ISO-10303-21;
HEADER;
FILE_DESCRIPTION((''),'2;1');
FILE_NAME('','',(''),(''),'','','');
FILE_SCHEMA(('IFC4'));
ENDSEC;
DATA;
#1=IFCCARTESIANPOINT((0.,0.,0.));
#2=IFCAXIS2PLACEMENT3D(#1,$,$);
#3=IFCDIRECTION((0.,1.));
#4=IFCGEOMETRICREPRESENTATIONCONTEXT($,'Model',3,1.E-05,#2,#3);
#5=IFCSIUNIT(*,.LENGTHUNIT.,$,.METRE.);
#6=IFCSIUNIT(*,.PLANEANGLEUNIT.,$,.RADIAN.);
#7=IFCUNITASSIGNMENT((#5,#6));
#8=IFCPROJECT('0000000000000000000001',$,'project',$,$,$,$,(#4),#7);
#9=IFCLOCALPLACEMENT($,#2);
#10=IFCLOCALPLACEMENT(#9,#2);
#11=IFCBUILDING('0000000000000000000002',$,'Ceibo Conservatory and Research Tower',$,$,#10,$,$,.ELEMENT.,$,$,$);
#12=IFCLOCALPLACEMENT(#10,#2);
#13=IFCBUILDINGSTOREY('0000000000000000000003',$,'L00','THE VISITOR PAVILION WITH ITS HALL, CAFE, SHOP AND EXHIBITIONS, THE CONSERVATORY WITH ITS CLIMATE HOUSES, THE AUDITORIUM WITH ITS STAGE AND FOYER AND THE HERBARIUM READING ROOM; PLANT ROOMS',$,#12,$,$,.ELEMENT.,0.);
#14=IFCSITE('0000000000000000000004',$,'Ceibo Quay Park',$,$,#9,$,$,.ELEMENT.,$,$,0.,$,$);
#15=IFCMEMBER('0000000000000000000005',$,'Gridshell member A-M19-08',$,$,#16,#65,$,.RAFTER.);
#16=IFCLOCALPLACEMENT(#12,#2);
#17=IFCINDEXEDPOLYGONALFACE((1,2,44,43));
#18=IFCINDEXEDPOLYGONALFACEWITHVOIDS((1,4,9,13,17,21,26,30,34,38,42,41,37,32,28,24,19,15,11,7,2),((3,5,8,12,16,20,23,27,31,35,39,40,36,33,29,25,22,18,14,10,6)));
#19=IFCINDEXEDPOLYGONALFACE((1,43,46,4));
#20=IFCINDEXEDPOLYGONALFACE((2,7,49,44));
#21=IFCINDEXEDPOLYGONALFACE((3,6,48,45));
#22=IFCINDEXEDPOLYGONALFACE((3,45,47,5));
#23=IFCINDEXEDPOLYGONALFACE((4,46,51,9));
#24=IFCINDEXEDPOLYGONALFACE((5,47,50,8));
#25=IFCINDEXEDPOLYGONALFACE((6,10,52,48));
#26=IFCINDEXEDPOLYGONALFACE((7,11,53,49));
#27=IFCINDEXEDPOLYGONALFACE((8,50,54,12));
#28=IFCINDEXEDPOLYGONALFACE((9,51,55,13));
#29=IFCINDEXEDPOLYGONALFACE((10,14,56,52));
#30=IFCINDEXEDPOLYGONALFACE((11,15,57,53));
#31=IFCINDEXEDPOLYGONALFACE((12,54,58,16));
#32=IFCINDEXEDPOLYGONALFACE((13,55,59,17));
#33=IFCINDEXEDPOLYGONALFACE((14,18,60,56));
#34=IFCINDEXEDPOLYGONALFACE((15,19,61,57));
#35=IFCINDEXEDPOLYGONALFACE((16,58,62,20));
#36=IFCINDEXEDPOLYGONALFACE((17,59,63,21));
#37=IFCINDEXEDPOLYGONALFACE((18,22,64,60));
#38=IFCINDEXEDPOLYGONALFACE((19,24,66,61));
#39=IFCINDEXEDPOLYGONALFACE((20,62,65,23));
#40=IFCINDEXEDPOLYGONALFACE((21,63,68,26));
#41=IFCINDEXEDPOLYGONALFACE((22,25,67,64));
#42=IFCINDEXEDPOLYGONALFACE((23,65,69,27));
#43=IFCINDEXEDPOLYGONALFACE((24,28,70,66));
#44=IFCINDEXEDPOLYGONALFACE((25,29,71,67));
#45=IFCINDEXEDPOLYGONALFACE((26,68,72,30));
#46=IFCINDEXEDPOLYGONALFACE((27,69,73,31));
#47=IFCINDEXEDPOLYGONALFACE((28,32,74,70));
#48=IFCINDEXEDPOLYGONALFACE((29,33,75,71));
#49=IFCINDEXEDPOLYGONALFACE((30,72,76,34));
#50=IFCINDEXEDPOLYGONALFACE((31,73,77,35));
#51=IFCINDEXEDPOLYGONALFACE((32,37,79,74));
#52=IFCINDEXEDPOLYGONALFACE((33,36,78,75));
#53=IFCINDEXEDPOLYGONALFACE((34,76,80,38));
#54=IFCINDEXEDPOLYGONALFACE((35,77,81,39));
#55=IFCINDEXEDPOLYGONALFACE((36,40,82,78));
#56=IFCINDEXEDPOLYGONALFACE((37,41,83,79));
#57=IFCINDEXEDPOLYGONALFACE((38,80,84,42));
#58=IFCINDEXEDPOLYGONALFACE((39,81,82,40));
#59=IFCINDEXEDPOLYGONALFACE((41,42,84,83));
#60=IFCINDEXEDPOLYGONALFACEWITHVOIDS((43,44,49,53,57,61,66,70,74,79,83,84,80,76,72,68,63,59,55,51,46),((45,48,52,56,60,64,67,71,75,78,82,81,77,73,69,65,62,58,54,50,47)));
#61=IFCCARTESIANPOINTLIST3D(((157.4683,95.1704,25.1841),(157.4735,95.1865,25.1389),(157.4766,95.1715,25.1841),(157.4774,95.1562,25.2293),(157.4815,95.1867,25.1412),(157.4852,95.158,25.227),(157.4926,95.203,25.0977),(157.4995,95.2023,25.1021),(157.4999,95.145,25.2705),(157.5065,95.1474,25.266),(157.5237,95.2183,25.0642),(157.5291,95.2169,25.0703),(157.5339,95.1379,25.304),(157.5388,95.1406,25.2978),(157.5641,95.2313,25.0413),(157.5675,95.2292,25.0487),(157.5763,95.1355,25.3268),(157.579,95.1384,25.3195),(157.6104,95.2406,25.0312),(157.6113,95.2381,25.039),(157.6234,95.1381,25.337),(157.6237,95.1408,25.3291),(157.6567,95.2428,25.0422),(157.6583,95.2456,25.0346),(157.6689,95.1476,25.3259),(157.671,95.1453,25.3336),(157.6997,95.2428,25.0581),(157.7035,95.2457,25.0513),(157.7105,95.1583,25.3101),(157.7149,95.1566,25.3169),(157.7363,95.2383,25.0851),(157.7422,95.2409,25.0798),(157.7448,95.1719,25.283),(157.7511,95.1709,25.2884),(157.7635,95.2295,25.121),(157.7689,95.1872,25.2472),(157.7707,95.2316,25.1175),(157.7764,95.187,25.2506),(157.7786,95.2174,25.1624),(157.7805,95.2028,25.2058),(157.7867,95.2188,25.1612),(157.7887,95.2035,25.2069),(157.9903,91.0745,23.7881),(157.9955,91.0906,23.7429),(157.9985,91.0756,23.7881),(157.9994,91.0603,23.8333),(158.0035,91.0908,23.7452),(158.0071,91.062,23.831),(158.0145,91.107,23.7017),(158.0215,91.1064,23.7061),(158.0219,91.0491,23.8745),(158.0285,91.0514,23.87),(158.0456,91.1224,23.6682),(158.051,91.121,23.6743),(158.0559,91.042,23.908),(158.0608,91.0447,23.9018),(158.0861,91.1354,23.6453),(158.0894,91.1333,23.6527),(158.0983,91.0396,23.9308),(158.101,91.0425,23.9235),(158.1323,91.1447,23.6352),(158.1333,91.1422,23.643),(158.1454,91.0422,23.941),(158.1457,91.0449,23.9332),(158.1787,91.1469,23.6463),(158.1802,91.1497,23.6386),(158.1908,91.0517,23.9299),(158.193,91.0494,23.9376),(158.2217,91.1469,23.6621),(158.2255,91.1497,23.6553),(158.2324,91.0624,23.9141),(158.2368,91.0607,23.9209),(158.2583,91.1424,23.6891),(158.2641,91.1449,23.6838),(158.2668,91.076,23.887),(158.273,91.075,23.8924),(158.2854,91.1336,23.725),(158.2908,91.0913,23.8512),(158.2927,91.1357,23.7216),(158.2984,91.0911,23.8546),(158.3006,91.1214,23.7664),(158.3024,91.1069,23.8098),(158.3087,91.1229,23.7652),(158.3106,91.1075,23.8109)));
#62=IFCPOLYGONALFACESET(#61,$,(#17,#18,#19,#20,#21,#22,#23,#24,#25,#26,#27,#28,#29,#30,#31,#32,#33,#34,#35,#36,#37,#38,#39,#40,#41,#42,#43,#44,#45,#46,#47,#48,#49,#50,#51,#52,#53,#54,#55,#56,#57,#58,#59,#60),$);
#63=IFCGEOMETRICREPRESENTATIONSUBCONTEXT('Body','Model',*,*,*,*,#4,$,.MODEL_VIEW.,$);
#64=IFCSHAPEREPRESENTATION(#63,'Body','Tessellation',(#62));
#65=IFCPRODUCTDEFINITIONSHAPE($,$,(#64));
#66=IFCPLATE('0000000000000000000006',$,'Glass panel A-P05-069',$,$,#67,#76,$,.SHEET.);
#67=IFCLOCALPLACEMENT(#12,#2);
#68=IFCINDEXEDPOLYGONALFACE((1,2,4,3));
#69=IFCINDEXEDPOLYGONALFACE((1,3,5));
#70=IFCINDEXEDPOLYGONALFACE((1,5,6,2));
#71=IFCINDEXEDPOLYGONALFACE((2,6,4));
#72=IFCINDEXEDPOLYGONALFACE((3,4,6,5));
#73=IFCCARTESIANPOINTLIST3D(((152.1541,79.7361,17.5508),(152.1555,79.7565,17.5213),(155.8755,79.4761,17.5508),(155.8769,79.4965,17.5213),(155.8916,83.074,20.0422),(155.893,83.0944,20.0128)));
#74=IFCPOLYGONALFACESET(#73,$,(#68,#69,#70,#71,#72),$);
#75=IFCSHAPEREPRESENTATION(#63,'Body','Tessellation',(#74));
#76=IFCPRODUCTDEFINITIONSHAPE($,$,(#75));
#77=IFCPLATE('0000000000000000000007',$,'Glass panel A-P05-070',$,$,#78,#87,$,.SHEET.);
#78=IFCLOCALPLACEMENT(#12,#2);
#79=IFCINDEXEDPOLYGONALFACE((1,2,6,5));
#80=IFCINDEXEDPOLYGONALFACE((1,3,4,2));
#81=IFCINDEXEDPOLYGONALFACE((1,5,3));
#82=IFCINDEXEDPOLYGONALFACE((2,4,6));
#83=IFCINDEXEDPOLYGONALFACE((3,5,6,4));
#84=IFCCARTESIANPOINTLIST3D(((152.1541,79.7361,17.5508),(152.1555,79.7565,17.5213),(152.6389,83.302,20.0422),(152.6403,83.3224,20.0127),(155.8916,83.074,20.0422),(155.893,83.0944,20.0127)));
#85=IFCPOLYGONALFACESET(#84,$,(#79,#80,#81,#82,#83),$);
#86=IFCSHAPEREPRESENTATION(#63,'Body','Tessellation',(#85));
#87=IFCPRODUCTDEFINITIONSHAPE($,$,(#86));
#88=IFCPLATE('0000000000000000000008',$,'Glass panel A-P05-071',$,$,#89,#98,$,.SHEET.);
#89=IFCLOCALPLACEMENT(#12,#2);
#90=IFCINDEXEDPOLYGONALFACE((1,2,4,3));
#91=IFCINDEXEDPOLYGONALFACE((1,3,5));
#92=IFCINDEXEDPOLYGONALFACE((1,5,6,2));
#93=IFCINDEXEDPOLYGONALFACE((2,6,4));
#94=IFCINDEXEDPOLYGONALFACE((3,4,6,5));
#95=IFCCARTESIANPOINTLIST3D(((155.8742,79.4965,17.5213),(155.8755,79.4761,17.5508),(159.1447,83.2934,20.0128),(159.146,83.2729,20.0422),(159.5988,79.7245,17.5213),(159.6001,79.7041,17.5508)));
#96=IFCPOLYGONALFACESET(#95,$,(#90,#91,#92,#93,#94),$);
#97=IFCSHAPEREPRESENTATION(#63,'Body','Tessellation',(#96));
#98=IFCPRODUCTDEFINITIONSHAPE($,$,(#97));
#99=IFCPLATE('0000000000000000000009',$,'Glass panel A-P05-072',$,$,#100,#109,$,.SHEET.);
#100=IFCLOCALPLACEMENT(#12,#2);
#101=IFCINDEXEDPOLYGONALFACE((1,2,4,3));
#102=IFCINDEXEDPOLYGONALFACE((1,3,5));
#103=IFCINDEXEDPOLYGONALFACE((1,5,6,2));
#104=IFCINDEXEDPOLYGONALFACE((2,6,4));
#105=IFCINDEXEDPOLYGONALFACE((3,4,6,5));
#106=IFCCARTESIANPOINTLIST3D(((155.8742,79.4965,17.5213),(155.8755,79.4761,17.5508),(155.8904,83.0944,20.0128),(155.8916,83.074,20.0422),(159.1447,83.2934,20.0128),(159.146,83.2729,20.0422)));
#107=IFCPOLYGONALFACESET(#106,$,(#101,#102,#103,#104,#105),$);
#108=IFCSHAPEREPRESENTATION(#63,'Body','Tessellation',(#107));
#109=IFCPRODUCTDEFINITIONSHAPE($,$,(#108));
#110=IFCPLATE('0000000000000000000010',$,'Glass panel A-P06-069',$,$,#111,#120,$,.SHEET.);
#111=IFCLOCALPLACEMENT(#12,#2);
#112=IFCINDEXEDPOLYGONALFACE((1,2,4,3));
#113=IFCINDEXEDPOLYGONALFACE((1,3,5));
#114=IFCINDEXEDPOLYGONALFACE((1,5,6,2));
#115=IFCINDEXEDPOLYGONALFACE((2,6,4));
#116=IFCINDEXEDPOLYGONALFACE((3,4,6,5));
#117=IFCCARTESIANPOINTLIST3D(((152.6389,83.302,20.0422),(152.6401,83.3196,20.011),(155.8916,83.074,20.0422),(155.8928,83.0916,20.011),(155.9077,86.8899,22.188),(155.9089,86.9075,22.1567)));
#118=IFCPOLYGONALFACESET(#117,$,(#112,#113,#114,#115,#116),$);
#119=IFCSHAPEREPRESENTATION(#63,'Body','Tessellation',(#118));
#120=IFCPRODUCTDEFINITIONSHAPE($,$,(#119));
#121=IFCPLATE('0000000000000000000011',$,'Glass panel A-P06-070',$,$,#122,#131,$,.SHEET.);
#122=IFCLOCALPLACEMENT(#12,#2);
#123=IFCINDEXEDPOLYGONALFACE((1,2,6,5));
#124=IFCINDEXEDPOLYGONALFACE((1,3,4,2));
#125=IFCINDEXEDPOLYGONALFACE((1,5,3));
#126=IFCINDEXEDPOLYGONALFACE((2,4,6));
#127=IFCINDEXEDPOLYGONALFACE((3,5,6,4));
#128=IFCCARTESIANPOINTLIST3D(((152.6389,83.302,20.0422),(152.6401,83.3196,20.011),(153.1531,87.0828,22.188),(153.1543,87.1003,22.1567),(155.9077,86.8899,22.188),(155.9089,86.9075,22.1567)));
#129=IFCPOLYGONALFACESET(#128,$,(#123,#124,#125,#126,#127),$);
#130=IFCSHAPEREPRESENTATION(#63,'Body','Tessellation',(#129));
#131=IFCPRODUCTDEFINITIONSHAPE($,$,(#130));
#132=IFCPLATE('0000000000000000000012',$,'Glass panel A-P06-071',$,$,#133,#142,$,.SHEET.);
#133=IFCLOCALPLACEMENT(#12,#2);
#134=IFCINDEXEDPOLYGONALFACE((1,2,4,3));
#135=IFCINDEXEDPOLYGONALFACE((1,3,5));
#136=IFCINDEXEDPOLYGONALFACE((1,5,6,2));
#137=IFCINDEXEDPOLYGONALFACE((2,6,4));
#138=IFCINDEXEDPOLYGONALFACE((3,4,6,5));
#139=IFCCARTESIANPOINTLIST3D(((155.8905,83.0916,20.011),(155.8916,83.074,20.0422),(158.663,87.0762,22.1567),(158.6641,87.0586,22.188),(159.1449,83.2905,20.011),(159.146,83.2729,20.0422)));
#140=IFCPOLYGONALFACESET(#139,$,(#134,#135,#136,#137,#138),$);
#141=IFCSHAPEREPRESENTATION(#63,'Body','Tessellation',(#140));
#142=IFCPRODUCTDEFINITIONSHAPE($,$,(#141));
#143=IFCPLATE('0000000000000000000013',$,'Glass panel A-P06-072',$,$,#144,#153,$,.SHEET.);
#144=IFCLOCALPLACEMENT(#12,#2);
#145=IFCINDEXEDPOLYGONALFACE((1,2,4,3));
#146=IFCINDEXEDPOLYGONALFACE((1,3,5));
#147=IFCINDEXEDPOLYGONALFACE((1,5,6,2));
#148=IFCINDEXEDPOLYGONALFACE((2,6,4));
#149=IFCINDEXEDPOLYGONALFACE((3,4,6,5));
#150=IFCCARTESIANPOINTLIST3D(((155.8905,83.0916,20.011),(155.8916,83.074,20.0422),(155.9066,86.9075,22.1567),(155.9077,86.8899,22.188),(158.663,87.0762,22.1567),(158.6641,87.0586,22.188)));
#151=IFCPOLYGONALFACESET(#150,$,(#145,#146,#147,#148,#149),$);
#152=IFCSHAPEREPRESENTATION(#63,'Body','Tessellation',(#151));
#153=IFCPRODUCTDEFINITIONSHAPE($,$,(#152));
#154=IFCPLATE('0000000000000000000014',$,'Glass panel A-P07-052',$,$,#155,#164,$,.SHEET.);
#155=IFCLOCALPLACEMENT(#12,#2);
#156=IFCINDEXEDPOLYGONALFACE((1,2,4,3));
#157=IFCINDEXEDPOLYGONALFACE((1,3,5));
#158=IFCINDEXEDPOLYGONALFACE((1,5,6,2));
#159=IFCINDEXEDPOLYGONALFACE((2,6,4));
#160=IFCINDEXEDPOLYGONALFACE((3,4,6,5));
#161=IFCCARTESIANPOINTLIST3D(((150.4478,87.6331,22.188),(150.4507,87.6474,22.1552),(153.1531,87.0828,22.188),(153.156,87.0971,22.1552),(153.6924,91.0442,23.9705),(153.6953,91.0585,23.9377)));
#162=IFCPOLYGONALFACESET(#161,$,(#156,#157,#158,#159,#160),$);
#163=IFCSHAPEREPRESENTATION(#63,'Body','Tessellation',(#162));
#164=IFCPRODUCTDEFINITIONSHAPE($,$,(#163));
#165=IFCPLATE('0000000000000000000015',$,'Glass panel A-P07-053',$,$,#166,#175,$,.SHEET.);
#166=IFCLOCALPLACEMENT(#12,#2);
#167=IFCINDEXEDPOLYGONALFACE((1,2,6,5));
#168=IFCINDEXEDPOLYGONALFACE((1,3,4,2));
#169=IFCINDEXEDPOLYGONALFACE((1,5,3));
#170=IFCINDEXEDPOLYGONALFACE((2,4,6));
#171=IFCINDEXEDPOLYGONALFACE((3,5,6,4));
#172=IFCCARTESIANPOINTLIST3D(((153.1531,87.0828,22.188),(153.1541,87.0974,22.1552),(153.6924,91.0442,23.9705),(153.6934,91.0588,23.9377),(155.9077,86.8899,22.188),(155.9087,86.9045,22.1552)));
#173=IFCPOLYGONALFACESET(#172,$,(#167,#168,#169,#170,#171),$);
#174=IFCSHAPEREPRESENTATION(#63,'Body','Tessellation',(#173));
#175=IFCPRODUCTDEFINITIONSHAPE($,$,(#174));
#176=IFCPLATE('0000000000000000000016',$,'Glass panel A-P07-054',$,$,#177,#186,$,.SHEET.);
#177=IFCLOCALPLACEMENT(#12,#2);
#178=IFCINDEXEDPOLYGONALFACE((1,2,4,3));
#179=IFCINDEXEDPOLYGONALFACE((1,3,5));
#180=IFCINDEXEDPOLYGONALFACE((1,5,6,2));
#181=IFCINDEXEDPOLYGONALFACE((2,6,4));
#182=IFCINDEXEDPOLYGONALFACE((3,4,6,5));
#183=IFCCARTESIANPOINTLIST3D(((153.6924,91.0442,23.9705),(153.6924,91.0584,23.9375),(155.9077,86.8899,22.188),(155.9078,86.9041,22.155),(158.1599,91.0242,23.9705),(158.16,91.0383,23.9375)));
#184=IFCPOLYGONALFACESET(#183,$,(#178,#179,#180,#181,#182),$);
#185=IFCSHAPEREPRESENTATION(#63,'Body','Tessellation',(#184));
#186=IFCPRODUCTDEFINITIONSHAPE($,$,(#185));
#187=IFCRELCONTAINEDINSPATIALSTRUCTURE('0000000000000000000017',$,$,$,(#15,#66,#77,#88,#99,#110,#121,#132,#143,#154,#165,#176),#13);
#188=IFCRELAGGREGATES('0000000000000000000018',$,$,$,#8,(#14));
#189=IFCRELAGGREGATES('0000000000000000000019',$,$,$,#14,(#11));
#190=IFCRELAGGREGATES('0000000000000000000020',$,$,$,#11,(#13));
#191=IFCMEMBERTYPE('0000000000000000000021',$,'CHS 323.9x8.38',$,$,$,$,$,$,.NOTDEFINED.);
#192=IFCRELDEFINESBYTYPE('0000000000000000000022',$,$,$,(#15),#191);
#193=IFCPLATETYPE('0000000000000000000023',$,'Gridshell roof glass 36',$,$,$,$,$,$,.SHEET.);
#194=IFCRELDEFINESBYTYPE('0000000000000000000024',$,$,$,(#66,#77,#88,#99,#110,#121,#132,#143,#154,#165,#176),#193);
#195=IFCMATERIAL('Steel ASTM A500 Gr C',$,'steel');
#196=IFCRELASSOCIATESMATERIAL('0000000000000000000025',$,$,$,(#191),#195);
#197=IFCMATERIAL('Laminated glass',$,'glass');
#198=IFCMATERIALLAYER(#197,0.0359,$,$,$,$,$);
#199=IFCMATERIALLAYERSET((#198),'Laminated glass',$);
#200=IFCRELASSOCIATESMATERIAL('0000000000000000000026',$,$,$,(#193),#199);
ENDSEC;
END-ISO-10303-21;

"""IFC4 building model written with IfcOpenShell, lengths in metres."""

from ifc_helpers import new_model, si_unit, direction, frame, origin, origin_2d, place, context, subcontext, project, spatial, polyline, hollow_circle, outline, extrude, material, layer, layer_set, material_profile, profile_set, type_object, element, save


model = new_model("IFC4")

# Units and contexts
model_context = context("Model", 3, precision=1e-05, world=origin(), true_north=direction((0.0, 1.0)))
body_context = subcontext(model_context, "Body", "Model", "MODEL_VIEW")
ifc_project = project(units=[si_unit("LENGTHUNIT", "METRE"), si_unit("PLANEANGLEUNIT", "RADIAN")], contexts=[model_context])

# Site, building, storey
site_placement = place(None, origin())
site = spatial("IfcSite", under=ifc_project, at=site_placement, Name="Ceibo Quay Park", CompositionType="ELEMENT", RefElevation=0.0)
building_placement = place(site_placement, origin())
building = spatial("IfcBuilding", under=site, at=building_placement, Name="Ceibo Conservatory and Research Tower", CompositionType="ELEMENT")
storey_placement = place(building_placement, origin())
storey = spatial("IfcBuildingStorey", under=building, at=storey_placement, Name="L00", Description="THE VISITOR PAVILION WITH ITS HALL, CAFE, SHOP AND EXHIBITIONS, THE CONSERVATORY WITH ITS CLIMATE HOUSES, THE AUDITORIUM WITH ITS STAGE AND FOYER AND THE HERBARIUM READING ROOM; PLANT ROOMS", CompositionType="ELEMENT", Elevation=0.0)

# Member
ifc_material_1 = material(Name="Steel ASTM A500 Gr C", Category="steel")
ifc_material_profile_1 = material_profile(ifc_material_1, hollow_circle(Radius=0.1619, WallThickness=0.0083, at=origin_2d()), Name="CHS 323.9x8.38")
ifc_profile_set_1 = profile_set([ifc_material_profile_1], Name="Steel ASTM A500 Gr C")
member_type_1 = type_object("IfcMemberType", Name="CHS 323.9x8.38", PredefinedType="NOTDEFINED", material=ifc_profile_set_1)
member_1_placement = place(storey_placement, frame((158.1509, 91.095, 23.7881), z_axis=(-0.119755, 0.939723, 0.32028), x_axis=(-0.991978, -0.126414, 0.0)))
element("IfcMember", 1, at=member_1_placement, inside=storey, type_object=member_type_1, Name="Gridshell member A-M19-08", PredefinedType="RAFTER", context=body_context, shape_type="SweptSolid", body=[
    extrude(hollow_circle(Radius=0.1619, WallThickness=0.0083, at=origin_2d()), origin(), (0.0, 0.0, 1.0), 4.3586),
])

# Plates
ifc_material_2 = material(Name="Laminated glass", Category="glass")
ifc_layer = layer(ifc_material_2, 0.0359)
ifc_layer_set = layer_set([ifc_layer], Name="Laminated glass")
plate_type = type_object("IfcPlateType", Name="Gridshell roof glass 36", PredefinedType="SHEET", material=ifc_layer_set)
plate_1_placement = place(storey_placement, frame((152.1541, 79.7361, 17.5508), z_axis=(-0.039736, -0.568733, 0.821562), x_axis=(0.997568, -0.069698, 0.0)))
element("IfcPlate", 2, at=plate_1_placement, inside=storey, type_object=plate_type, Name="Glass panel A-P05-069", PredefinedType="SHEET", context=body_context, shape_type="SweptSolid", body=[
    extrude(outline(polyline([(0.0, 0.0), (3.7305, 0.0), (3.4958, 4.3701), (0.0, 0.0)])), origin(), (0.0, 0.0, -1.0), 0.0359),
])
plate_2_placement = place(storey_placement, frame((152.1541, 79.7361, 17.5508), z_axis=(-0.039864, -0.568636, 0.821623), x_axis=(0.667865, 0.59645, 0.4452)))
element("IfcPlate", 3, at=plate_2_placement, inside=storey, type_object=plate_type, Name="Glass panel A-P05-070", PredefinedType="SHEET", context=body_context, shape_type="SweptSolid", body=[
    extrude(outline(polyline([(0.0, 0.0), (5.5963, 0.0), (3.5599, 2.5466), (0.0, 0.0)])), origin(), (0.0, 0.0, -1.0), 0.0359),
])
plate_3_placement = place(storey_placement, frame((155.8755, 79.4761, 17.5508), z_axis=(0.034841, -0.569091, 0.821536), x_axis=(0.998131, 0.061107, 0.0)))
element("IfcPlate", 4, at=plate_3_placement, inside=storey, type_object=plate_type, Name="Glass panel A-P05-071", PredefinedType="SHEET", context=body_context, shape_type="SweptSolid", body=[
    extrude(outline(polyline([(0.0, 0.0), (3.7316, 0.0), (3.4964, 4.3698), (0.0, 0.0)])), origin(), (0.0, 0.0, -1.0), 0.0359),
])
plate_4_placement = place(storey_placement, frame((155.8755, 79.4761, 17.5508), z_axis=(0.034793, -0.569063, 0.821557), x_axis=(0.584394, 0.678448, 0.445188)))
element("IfcPlate", 5, at=plate_4_placement, inside=storey, type_object=plate_type, Name="Glass panel A-P05-072", PredefinedType="SHEET", context=body_context, shape_type="SweptSolid", body=[
    extrude(outline(polyline([(0.0, 0.0), (5.5964, 0.0), (3.5596, 2.546), (0.0, 0.0)])), origin(), (0.0, 0.0, -1.0), 0.0359),
])
plate_5_placement = place(storey_placement, frame((152.6389, 83.302, 20.0422), z_axis=(-0.034333, -0.48974, 0.871192), x_axis=(0.997552, -0.069933, 0.0)))
element("IfcPlate", 6, at=plate_5_placement, inside=storey, type_object=plate_type, Name="Glass panel A-P06-069", PredefinedType="SHEET", context=body_context, shape_type="SweptSolid", body=[
    extrude(outline(polyline([(0.0, 0.0), (3.2607, 0.0), (3.0099, 4.3707), (0.0, 0.0)])), origin(), (0.0, 0.0, -1.0), 0.0359),
])
plate_6_placement = place(storey_placement, frame((152.6389, 83.302, 20.0422), z_axis=(-0.034292, -0.489769, 0.871178), x_axis=(0.615963, 0.676091, 0.404339)))
element("IfcPlate", 7, at=plate_6_placement, inside=storey, type_object=plate_type, Name="Glass panel A-P06-070", PredefinedType="SHEET", context=body_context, shape_type="SweptSolid", body=[
    extrude(outline(polyline([(0.0, 0.0), (5.3068, 0.0), (3.7405, 2.2742), (0.0, 0.0)])), origin(), (0.0, 0.0, -1.0), 0.0359),
])
plate_7_placement = place(storey_placement, frame((155.8916, 83.074, 20.0422), z_axis=(0.029959, -0.489998, 0.871208), x_axis=(0.998136, 0.061026, 0.0)))
element("IfcPlate", 8, at=plate_7_placement, inside=storey, type_object=plate_type, Name="Glass panel A-P06-071", PredefinedType="SHEET", context=body_context, shape_type="SweptSolid", body=[
    extrude(outline(polyline([(0.0, 0.0), (3.2605, 0.0), (3.0105, 4.3709), (0.0, 0.0)])), origin(), (0.0, 0.0, -1.0), 0.0359),
])
plate_8_placement = place(storey_placement, frame((155.8916, 83.074, 20.0422), z_axis=(0.029991, -0.490015, 0.871198), x_axis=(0.522381, 0.750774, 0.404298)))
element("IfcPlate", 9, at=plate_8_placement, inside=storey, type_object=plate_type, Name="Glass panel A-P06-072", PredefinedType="SHEET", context=body_context, shape_type="SweptSolid", body=[
    extrude(outline(polyline([(0.0, 0.0), (5.3074, 0.0), (3.7408, 2.2742), (0.0, 0.0)])), origin(), (0.0, 0.0, -1.0), 0.0359),
])
plate_9_placement = place(storey_placement, frame((153.6924, 91.0442, 23.9705), z_axis=(-0.081313, -0.399746, 0.913012), x_axis=(-0.644549, -0.677626, -0.35409)))
element("IfcPlate", 10, at=plate_9_placement, inside=storey, type_object=plate_type, Name="Glass panel A-P07-052", PredefinedType="SHEET", context=body_context, shape_type="SweptSolid", body=[
    extrude(outline(polyline([(0.0, 0.0), (5.0339, 0.0), (3.6631, 2.3963), (0.0, 0.0)])), origin(), (0.0, 0.0, -1.0), 0.0359),
])
plate_10_placement = place(storey_placement, frame((153.6924, 91.0442, 23.9705), z_axis=(-0.028492, -0.406937, 0.913012), x_axis=(-0.123205, -0.904988, -0.407206)))
element("IfcPlate", 11, at=plate_10_placement, inside=storey, type_object=plate_type, Name="Glass panel A-P07-053", PredefinedType="SHEET", context=body_context, shape_type="SweptSolid", body=[
    extrude(outline(polyline([(0.0, 0.0), (4.3773, 0.0), (4.2125, 2.7565), (0.0, 0.0)])), origin(), (0.0, 0.0, -1.0), 0.0359),
])
plate_11_placement = place(storey_placement, frame((153.6924, 91.0442, 23.9705), z_axis=(-0.00177, -0.3951, 0.918636), x_axis=(0.440057, -0.825216, -0.354073)))
element("IfcPlate", 12, at=plate_11_placement, inside=storey, type_object=plate_type, Name="Glass panel A-P07-054", PredefinedType="SHEET", context=body_context, shape_type="SweptSolid", body=[
    extrude(outline(polyline([(0.0, 0.0), (5.0342, 0.0), (1.9825, 4.0036), (0.0, 0.0)])), origin(), (0.0, 0.0, -1.0), 0.0359),
])

save(model, "model.ifc")
